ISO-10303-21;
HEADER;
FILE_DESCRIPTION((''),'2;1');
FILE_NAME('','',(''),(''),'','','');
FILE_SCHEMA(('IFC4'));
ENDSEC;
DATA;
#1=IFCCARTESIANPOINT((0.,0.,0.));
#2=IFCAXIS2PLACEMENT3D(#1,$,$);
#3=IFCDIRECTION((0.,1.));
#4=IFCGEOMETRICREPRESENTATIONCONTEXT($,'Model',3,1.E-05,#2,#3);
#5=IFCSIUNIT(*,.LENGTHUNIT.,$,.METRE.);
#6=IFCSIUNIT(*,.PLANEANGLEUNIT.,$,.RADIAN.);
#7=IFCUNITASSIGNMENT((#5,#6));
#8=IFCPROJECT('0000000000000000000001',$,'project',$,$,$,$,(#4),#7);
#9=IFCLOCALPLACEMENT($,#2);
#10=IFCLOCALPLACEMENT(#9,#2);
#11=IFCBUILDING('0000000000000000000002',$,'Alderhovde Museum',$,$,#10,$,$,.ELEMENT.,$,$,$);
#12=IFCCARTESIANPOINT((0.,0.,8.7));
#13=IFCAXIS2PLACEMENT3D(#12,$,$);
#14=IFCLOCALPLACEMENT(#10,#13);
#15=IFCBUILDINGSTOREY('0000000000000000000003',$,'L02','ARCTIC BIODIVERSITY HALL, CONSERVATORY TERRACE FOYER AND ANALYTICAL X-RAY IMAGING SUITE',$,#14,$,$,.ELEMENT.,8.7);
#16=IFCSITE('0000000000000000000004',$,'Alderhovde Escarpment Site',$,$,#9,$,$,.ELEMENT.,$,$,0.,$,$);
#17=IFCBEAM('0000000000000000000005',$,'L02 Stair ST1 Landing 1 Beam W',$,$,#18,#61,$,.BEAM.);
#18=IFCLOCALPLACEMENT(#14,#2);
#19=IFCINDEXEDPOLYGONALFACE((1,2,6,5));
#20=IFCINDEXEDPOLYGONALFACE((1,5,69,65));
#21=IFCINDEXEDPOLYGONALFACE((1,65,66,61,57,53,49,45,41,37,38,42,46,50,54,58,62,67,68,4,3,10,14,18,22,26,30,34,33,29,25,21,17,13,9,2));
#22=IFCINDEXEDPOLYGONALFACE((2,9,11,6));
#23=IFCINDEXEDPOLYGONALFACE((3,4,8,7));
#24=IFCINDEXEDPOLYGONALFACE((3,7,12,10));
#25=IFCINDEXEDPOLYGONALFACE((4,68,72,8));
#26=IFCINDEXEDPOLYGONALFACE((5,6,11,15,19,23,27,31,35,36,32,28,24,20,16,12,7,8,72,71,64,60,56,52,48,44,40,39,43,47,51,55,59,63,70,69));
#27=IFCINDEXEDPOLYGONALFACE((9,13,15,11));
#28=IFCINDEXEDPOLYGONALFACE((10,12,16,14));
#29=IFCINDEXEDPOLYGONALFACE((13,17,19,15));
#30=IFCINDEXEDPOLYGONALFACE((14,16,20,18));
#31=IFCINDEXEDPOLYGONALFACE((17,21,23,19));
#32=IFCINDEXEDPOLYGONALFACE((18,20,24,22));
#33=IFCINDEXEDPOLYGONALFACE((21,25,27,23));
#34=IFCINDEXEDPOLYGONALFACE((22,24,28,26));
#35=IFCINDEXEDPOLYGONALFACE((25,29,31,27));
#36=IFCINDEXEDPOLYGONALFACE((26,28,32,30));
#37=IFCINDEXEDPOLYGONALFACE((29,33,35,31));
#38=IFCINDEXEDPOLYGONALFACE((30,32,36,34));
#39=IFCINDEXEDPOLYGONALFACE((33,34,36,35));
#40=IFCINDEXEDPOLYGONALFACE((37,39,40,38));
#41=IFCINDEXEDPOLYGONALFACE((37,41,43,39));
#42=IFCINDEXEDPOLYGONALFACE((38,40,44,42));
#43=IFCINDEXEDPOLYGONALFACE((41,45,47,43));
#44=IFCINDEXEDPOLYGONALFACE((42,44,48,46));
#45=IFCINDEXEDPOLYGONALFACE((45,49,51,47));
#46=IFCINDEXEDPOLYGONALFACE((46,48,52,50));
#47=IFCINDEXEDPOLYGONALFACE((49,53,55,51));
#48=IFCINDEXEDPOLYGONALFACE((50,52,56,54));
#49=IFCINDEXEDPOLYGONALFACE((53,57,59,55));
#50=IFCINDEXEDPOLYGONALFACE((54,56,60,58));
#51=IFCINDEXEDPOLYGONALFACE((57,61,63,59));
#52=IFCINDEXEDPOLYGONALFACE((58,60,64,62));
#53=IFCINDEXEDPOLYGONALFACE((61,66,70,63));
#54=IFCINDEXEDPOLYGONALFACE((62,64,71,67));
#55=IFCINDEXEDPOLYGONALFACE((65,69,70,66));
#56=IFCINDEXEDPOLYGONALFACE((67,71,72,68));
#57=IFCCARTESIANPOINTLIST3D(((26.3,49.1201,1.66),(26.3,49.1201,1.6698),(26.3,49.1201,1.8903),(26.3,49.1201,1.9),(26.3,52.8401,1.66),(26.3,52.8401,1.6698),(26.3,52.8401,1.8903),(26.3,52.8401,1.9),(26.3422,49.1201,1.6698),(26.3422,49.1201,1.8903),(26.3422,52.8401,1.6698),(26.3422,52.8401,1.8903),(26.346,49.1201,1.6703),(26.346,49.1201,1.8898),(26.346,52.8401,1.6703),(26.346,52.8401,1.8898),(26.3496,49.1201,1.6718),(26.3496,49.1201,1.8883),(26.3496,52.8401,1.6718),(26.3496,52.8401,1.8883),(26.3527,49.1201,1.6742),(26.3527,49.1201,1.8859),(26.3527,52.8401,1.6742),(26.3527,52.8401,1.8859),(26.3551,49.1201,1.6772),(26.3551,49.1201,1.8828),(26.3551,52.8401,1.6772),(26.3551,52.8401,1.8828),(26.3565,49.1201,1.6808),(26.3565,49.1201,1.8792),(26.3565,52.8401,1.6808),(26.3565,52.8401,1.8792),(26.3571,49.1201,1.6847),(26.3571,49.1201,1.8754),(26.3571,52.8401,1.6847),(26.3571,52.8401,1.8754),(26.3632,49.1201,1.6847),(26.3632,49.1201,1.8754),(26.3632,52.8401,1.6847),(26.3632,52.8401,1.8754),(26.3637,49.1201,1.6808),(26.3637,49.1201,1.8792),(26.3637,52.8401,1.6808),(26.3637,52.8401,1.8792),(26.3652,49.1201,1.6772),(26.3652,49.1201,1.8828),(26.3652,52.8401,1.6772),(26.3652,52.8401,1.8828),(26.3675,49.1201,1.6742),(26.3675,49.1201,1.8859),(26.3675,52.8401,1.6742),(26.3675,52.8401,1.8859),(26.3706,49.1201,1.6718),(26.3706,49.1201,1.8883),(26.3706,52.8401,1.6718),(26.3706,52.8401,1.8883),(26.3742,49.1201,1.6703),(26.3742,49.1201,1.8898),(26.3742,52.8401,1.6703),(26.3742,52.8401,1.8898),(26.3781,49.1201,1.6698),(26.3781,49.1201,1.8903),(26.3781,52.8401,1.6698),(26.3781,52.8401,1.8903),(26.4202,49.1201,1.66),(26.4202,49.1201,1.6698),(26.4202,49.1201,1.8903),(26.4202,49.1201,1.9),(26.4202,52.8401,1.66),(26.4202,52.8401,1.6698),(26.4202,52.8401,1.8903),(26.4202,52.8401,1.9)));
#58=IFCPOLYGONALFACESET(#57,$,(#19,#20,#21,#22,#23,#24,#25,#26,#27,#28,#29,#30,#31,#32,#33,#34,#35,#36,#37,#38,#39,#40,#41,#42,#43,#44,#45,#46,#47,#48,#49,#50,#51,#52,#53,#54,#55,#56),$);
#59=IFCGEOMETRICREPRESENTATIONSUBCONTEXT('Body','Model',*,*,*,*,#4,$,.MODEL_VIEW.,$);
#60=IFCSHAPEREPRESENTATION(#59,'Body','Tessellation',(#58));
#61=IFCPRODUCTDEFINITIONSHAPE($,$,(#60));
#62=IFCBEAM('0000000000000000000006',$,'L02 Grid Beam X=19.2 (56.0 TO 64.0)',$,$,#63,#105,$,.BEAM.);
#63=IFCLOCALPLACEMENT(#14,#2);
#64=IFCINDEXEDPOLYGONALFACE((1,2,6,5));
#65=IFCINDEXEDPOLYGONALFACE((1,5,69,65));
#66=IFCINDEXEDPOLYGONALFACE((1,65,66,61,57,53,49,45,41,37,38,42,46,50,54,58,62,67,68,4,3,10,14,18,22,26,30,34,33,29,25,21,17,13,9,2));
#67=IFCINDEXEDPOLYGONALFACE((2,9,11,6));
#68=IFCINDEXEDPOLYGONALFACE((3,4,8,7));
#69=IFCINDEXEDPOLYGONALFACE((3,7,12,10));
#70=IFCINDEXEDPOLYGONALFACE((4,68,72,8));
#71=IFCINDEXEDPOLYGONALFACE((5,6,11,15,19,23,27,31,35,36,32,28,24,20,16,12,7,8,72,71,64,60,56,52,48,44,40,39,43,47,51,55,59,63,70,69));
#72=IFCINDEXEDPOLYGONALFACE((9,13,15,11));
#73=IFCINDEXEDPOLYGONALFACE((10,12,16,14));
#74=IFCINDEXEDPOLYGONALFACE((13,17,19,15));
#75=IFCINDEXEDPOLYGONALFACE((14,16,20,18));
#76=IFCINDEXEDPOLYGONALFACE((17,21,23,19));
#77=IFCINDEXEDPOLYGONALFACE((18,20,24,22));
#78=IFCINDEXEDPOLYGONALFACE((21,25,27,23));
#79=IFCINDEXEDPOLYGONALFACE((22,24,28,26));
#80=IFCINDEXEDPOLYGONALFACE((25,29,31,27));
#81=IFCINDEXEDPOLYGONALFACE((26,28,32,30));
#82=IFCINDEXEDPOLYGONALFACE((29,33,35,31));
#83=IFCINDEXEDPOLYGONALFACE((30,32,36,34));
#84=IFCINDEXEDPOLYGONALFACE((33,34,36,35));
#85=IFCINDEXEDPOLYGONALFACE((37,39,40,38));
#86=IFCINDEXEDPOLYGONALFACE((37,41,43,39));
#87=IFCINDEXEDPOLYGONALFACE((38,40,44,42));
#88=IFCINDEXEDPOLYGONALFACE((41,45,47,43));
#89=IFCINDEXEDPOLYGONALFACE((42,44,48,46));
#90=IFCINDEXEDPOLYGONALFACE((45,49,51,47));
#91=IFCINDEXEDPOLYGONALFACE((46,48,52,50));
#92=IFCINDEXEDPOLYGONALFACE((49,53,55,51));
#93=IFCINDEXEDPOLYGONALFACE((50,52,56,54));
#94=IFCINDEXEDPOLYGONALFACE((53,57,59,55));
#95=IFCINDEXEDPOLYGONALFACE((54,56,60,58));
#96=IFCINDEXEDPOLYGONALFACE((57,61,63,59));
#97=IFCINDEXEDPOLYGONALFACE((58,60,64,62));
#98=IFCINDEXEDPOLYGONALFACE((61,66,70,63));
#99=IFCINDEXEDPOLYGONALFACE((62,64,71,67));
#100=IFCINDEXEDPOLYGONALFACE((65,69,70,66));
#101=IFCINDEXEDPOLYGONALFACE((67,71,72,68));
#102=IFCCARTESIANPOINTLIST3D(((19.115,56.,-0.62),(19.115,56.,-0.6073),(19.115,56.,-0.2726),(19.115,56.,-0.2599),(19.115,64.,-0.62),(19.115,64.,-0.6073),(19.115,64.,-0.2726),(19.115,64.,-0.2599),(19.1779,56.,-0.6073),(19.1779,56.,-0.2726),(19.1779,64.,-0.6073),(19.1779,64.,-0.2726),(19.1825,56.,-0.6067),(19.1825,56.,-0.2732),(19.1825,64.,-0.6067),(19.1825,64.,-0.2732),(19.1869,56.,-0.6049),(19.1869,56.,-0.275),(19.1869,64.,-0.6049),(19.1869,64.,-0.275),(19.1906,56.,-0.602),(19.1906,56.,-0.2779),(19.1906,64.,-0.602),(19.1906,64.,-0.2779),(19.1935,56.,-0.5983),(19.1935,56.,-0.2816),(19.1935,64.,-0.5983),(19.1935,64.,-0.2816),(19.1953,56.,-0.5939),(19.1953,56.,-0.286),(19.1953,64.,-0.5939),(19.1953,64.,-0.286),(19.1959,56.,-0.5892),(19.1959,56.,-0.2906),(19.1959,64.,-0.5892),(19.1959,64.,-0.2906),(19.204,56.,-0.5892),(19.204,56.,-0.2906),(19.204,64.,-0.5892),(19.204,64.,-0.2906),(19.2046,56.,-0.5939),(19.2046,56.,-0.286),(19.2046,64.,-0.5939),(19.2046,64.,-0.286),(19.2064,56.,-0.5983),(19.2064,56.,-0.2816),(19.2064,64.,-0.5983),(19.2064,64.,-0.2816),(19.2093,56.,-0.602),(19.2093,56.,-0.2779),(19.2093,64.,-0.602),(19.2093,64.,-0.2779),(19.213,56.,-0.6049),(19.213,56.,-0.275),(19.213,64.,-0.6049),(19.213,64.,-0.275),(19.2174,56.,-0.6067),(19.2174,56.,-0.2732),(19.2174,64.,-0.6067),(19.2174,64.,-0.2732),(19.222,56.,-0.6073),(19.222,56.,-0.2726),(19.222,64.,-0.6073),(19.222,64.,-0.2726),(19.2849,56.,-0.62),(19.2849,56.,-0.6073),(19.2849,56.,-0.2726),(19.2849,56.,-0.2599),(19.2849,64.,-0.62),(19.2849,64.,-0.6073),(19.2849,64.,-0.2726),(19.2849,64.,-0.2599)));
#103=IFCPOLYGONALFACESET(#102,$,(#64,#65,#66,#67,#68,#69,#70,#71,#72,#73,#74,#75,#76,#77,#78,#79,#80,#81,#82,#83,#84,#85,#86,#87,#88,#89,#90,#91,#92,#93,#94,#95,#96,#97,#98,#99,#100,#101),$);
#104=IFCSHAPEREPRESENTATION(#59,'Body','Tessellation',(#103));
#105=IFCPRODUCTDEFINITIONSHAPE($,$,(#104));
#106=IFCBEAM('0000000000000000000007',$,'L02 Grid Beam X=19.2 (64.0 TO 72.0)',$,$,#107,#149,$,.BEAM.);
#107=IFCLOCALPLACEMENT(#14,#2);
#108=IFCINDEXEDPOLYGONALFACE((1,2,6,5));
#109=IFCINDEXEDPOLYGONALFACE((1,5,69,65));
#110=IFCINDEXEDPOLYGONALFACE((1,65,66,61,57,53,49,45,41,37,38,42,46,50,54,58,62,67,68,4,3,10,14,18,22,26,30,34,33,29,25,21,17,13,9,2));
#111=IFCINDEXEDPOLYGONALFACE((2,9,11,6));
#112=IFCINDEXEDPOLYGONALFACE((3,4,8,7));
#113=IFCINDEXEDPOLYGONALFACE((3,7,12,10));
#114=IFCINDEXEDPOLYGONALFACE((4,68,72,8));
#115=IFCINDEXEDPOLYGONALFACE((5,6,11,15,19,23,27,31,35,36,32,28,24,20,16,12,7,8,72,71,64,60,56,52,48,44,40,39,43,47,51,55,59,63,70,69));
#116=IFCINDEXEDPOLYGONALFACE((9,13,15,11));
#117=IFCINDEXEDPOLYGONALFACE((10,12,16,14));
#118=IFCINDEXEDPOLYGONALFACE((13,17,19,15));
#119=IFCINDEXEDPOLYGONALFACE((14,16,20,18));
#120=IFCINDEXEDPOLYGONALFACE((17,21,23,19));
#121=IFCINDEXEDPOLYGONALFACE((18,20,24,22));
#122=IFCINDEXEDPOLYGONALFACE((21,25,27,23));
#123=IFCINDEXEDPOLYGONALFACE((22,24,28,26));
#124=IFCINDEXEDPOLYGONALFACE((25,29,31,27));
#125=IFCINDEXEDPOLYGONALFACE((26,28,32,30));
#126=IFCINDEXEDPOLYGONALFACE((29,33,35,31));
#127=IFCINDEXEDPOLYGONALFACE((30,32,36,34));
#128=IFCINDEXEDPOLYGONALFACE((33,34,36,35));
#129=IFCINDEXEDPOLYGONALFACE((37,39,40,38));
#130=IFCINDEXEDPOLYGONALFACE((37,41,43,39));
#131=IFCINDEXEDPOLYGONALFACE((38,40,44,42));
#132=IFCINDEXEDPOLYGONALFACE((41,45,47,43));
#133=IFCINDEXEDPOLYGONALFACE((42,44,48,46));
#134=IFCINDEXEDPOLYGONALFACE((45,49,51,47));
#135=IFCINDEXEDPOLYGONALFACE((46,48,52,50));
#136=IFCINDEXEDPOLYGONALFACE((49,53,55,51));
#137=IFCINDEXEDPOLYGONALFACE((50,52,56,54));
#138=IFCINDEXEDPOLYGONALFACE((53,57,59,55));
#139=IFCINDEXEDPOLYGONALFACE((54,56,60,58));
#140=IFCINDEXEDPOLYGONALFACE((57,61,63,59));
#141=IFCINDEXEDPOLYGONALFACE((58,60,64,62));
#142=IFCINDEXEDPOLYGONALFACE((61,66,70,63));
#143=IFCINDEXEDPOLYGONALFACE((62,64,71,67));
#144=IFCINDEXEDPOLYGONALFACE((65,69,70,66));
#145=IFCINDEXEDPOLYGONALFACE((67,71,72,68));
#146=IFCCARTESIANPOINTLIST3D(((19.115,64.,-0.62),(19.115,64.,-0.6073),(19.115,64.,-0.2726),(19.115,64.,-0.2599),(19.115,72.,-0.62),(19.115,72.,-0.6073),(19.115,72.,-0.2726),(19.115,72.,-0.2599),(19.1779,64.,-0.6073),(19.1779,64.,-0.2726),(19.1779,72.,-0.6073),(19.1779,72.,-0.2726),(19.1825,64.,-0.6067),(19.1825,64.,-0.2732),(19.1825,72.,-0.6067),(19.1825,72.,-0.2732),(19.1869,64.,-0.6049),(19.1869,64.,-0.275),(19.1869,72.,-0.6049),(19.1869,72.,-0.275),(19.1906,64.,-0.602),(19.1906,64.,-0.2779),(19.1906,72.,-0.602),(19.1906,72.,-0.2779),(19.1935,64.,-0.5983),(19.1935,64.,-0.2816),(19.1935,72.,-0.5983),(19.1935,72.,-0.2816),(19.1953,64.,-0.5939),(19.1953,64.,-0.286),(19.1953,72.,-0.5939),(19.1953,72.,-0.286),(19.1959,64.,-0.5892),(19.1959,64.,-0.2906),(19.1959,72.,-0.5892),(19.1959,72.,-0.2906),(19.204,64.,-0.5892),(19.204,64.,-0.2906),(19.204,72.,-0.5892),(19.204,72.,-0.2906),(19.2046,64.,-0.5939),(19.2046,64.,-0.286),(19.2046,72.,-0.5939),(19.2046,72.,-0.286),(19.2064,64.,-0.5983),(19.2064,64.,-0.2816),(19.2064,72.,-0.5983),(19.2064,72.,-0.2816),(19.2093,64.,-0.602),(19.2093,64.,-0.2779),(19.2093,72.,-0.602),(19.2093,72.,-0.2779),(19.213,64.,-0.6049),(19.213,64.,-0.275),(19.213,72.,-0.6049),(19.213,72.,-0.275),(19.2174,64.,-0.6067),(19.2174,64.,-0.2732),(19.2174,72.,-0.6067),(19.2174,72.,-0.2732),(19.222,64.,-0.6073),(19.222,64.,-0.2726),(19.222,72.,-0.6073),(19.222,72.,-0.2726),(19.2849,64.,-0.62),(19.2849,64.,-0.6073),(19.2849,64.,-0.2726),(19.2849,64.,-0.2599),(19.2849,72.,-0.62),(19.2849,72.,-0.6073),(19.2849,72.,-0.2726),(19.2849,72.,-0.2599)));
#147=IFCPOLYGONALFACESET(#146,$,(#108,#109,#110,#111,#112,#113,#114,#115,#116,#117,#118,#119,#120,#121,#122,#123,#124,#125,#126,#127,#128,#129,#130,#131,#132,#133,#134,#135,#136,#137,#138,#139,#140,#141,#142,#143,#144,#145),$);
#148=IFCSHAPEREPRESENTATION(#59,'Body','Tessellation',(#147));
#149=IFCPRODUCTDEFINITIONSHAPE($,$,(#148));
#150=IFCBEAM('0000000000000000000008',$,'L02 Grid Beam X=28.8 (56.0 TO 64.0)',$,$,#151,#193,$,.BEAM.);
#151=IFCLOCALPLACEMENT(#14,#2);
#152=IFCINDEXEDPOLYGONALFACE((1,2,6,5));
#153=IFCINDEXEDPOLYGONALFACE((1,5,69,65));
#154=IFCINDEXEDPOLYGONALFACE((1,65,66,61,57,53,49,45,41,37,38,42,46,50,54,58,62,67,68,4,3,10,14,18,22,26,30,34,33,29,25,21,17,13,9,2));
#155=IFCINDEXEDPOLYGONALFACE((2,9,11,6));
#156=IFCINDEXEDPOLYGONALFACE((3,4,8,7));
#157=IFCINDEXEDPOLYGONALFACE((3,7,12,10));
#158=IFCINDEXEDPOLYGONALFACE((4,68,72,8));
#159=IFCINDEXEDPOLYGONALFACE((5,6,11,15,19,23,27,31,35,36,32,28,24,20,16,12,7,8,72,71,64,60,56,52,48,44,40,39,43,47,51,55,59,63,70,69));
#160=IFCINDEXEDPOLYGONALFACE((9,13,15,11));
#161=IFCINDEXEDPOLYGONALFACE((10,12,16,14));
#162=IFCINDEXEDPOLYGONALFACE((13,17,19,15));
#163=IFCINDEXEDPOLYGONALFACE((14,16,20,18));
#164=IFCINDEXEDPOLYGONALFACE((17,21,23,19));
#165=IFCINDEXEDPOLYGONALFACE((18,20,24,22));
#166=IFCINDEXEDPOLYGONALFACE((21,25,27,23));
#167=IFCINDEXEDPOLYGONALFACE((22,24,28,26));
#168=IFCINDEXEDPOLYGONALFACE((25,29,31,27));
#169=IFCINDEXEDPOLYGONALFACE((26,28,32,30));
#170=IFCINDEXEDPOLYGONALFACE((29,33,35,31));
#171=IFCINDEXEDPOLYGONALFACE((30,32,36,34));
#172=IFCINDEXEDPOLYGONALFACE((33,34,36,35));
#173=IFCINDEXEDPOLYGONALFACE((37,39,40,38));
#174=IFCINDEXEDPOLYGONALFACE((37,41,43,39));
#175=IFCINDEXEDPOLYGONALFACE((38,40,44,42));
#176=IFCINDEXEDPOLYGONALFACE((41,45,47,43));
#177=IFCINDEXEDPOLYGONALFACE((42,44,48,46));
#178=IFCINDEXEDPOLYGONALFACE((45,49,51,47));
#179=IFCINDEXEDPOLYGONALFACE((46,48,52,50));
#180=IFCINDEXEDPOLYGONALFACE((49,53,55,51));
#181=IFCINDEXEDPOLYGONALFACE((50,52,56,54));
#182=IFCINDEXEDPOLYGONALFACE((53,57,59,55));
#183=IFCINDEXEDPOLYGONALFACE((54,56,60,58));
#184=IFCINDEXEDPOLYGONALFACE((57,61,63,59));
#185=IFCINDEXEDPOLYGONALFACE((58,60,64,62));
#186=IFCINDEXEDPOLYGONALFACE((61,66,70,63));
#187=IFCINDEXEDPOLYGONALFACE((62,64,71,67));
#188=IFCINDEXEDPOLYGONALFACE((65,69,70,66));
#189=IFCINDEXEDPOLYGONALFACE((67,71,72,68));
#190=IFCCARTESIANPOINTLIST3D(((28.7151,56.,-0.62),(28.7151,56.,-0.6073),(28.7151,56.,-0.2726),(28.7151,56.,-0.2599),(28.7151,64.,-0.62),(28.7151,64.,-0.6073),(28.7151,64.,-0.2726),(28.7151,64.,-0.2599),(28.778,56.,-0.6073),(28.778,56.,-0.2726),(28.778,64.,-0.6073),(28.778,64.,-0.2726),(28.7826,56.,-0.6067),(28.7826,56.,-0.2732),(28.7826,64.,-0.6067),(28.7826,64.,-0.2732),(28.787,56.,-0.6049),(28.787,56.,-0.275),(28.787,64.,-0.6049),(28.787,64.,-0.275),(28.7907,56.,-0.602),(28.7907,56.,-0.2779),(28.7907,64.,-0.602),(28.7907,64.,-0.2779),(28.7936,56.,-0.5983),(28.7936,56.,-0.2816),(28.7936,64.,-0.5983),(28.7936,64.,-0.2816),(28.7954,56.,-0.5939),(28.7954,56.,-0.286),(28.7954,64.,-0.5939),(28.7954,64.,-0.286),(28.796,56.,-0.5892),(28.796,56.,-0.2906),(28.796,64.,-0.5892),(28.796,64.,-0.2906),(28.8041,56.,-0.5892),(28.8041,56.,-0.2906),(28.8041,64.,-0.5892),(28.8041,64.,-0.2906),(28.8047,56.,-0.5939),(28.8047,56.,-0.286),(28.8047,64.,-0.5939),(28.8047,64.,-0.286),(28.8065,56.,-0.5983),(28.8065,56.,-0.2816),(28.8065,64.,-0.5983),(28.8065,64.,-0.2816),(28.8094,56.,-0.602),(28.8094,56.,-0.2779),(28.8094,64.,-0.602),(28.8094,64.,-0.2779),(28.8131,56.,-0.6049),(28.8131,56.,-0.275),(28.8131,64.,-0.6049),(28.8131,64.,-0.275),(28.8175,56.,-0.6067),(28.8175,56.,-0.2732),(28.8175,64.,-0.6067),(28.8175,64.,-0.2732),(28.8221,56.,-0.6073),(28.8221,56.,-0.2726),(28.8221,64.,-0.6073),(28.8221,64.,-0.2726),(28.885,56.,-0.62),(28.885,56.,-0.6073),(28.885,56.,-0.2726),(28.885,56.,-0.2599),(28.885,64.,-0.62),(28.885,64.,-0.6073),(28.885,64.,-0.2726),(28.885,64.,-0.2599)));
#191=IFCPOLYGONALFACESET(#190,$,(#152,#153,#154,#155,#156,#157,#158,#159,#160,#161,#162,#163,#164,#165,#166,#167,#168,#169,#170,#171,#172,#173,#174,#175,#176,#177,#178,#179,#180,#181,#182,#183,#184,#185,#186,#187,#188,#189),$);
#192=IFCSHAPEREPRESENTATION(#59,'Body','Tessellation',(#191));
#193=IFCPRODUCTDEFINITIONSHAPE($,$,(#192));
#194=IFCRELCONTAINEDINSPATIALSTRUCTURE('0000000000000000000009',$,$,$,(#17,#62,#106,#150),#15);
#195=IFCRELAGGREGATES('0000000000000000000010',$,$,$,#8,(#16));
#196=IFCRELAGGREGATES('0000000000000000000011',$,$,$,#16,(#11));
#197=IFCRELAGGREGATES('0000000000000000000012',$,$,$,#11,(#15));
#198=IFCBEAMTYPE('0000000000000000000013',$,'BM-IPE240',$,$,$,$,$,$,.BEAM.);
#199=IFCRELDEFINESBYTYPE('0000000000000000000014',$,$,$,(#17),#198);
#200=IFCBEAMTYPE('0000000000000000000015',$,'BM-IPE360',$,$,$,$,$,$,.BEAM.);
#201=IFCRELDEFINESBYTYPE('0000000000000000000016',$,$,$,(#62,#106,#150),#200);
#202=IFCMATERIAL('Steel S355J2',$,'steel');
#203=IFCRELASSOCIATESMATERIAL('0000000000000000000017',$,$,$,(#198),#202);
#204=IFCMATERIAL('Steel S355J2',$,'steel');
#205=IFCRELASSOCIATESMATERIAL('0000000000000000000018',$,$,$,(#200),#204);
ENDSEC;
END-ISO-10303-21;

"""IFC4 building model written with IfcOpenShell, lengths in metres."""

from ifc_helpers import new_model, si_unit, direction, frame, origin, origin_2d, place, context, subcontext, project, spatial, i_section, extrude, material, material_profile, profile_set, type_object, element, save


model = new_model("IFC4")

# Units and contexts
model_context = context("Model", 3, precision=1e-05, world=origin(), true_north=direction((0.0, 1.0)))
body_context = subcontext(model_context, "Body", "Model", "MODEL_VIEW")
ifc_project = project(units=[si_unit("LENGTHUNIT", "METRE"), si_unit("PLANEANGLEUNIT", "RADIAN")], contexts=[model_context])

# Site, building, storey
site_placement = place(None, origin())
site = spatial("IfcSite", under=ifc_project, at=site_placement, Name="Alderhovde Escarpment Site", CompositionType="ELEMENT", RefElevation=0.0)
building_placement = place(site_placement, origin())
building = spatial("IfcBuilding", under=site, at=building_placement, Name="Alderhovde Museum", CompositionType="ELEMENT")
storey_placement = place(building_placement, frame((0.0, 0.0, 8.7)))
storey = spatial("IfcBuildingStorey", under=building, at=storey_placement, Name="L02", Description="ARCTIC BIODIVERSITY HALL, CONSERVATORY TERRACE FOYER AND ANALYTICAL X-RAY IMAGING SUITE", CompositionType="ELEMENT", Elevation=8.7)

# Beams
ifc_material_1 = material(Name="Steel S355J2", Category="steel")
ifc_material_profile_1 = material_profile(ifc_material_1, i_section(OverallWidth=0.1201, OverallDepth=0.24, WebThickness=0.0061, FlangeThickness=0.0098, FilletRadius=0.0149, at=origin_2d()), Name="IPE 240")
ifc_profile_set_1 = profile_set([ifc_material_profile_1], Name="Steel S355J2")
beam_type_1 = type_object("IfcBeamType", Name="BM-IPE240", PredefinedType="BEAM", material=ifc_profile_set_1)
beam_1_placement = place(storey_placement, frame((26.3601, 49.1201, 1.78), z_axis=(0.0, 1.0, 0.0), x_axis=(-1.0, 0.0, 0.0)))
element("IfcBeam", 1, at=beam_1_placement, inside=storey, type_object=beam_type_1, Name="L02 Stair ST1 Landing 1 Beam W", PredefinedType="BEAM", context=body_context, shape_type="SweptSolid", body=[
    extrude(i_section(OverallWidth=0.1201, OverallDepth=0.24, WebThickness=0.0061, FlangeThickness=0.0098, FilletRadius=0.0149, at=origin_2d()), origin(), (0.0, 0.0, 1.0), 3.72),
])
ifc_material_2 = material(Name="Steel S355J2", Category="steel")
ifc_material_profile_2 = material_profile(ifc_material_2, i_section(OverallWidth=0.1699, OverallDepth=0.3601, WebThickness=0.0081, FlangeThickness=0.0127, FilletRadius=0.0181, at=origin_2d()), Name="IPE 360")
ifc_profile_set_2 = profile_set([ifc_material_profile_2], Name="Steel S355J2")
beam_type_2 = type_object("IfcBeamType", Name="BM-IPE360", PredefinedType="BEAM", material=ifc_profile_set_2)
for number, where, z_axis, x_axis, name in (
    (2, (19.2, 56.0, -0.4399), (0.0, 1.0, 0.0), (-1.0, 0.0, 0.0), "L02 Grid Beam X=19.2 (56.0 TO 64.0)"),
    (3, (19.2, 64.0, -0.4399), (0.0, 1.0, 0.0), (-1.0, 0.0, 0.0), "L02 Grid Beam X=19.2 (64.0 TO 72.0)"),
    (4, (28.8, 56.0, -0.4399), (0.0, 1.0, 0.0), (-1.0, 0.0, 0.0), "L02 Grid Beam X=28.8 (56.0 TO 64.0)"),
):
    element("IfcBeam", number, at=place(storey_placement, frame(where, z_axis=z_axis, x_axis=x_axis)), inside=storey, type_object=beam_type_2, Name=name, PredefinedType="BEAM", context=body_context, shape_type="SweptSolid", body=[
        extrude(i_section(OverallWidth=0.1699, OverallDepth=0.3601, WebThickness=0.0081, FlangeThickness=0.0127, FilletRadius=0.0181, at=origin_2d()), origin(), (0.0, 0.0, 1.0), 8.0),
    ])

save(model, "model.ifc")
